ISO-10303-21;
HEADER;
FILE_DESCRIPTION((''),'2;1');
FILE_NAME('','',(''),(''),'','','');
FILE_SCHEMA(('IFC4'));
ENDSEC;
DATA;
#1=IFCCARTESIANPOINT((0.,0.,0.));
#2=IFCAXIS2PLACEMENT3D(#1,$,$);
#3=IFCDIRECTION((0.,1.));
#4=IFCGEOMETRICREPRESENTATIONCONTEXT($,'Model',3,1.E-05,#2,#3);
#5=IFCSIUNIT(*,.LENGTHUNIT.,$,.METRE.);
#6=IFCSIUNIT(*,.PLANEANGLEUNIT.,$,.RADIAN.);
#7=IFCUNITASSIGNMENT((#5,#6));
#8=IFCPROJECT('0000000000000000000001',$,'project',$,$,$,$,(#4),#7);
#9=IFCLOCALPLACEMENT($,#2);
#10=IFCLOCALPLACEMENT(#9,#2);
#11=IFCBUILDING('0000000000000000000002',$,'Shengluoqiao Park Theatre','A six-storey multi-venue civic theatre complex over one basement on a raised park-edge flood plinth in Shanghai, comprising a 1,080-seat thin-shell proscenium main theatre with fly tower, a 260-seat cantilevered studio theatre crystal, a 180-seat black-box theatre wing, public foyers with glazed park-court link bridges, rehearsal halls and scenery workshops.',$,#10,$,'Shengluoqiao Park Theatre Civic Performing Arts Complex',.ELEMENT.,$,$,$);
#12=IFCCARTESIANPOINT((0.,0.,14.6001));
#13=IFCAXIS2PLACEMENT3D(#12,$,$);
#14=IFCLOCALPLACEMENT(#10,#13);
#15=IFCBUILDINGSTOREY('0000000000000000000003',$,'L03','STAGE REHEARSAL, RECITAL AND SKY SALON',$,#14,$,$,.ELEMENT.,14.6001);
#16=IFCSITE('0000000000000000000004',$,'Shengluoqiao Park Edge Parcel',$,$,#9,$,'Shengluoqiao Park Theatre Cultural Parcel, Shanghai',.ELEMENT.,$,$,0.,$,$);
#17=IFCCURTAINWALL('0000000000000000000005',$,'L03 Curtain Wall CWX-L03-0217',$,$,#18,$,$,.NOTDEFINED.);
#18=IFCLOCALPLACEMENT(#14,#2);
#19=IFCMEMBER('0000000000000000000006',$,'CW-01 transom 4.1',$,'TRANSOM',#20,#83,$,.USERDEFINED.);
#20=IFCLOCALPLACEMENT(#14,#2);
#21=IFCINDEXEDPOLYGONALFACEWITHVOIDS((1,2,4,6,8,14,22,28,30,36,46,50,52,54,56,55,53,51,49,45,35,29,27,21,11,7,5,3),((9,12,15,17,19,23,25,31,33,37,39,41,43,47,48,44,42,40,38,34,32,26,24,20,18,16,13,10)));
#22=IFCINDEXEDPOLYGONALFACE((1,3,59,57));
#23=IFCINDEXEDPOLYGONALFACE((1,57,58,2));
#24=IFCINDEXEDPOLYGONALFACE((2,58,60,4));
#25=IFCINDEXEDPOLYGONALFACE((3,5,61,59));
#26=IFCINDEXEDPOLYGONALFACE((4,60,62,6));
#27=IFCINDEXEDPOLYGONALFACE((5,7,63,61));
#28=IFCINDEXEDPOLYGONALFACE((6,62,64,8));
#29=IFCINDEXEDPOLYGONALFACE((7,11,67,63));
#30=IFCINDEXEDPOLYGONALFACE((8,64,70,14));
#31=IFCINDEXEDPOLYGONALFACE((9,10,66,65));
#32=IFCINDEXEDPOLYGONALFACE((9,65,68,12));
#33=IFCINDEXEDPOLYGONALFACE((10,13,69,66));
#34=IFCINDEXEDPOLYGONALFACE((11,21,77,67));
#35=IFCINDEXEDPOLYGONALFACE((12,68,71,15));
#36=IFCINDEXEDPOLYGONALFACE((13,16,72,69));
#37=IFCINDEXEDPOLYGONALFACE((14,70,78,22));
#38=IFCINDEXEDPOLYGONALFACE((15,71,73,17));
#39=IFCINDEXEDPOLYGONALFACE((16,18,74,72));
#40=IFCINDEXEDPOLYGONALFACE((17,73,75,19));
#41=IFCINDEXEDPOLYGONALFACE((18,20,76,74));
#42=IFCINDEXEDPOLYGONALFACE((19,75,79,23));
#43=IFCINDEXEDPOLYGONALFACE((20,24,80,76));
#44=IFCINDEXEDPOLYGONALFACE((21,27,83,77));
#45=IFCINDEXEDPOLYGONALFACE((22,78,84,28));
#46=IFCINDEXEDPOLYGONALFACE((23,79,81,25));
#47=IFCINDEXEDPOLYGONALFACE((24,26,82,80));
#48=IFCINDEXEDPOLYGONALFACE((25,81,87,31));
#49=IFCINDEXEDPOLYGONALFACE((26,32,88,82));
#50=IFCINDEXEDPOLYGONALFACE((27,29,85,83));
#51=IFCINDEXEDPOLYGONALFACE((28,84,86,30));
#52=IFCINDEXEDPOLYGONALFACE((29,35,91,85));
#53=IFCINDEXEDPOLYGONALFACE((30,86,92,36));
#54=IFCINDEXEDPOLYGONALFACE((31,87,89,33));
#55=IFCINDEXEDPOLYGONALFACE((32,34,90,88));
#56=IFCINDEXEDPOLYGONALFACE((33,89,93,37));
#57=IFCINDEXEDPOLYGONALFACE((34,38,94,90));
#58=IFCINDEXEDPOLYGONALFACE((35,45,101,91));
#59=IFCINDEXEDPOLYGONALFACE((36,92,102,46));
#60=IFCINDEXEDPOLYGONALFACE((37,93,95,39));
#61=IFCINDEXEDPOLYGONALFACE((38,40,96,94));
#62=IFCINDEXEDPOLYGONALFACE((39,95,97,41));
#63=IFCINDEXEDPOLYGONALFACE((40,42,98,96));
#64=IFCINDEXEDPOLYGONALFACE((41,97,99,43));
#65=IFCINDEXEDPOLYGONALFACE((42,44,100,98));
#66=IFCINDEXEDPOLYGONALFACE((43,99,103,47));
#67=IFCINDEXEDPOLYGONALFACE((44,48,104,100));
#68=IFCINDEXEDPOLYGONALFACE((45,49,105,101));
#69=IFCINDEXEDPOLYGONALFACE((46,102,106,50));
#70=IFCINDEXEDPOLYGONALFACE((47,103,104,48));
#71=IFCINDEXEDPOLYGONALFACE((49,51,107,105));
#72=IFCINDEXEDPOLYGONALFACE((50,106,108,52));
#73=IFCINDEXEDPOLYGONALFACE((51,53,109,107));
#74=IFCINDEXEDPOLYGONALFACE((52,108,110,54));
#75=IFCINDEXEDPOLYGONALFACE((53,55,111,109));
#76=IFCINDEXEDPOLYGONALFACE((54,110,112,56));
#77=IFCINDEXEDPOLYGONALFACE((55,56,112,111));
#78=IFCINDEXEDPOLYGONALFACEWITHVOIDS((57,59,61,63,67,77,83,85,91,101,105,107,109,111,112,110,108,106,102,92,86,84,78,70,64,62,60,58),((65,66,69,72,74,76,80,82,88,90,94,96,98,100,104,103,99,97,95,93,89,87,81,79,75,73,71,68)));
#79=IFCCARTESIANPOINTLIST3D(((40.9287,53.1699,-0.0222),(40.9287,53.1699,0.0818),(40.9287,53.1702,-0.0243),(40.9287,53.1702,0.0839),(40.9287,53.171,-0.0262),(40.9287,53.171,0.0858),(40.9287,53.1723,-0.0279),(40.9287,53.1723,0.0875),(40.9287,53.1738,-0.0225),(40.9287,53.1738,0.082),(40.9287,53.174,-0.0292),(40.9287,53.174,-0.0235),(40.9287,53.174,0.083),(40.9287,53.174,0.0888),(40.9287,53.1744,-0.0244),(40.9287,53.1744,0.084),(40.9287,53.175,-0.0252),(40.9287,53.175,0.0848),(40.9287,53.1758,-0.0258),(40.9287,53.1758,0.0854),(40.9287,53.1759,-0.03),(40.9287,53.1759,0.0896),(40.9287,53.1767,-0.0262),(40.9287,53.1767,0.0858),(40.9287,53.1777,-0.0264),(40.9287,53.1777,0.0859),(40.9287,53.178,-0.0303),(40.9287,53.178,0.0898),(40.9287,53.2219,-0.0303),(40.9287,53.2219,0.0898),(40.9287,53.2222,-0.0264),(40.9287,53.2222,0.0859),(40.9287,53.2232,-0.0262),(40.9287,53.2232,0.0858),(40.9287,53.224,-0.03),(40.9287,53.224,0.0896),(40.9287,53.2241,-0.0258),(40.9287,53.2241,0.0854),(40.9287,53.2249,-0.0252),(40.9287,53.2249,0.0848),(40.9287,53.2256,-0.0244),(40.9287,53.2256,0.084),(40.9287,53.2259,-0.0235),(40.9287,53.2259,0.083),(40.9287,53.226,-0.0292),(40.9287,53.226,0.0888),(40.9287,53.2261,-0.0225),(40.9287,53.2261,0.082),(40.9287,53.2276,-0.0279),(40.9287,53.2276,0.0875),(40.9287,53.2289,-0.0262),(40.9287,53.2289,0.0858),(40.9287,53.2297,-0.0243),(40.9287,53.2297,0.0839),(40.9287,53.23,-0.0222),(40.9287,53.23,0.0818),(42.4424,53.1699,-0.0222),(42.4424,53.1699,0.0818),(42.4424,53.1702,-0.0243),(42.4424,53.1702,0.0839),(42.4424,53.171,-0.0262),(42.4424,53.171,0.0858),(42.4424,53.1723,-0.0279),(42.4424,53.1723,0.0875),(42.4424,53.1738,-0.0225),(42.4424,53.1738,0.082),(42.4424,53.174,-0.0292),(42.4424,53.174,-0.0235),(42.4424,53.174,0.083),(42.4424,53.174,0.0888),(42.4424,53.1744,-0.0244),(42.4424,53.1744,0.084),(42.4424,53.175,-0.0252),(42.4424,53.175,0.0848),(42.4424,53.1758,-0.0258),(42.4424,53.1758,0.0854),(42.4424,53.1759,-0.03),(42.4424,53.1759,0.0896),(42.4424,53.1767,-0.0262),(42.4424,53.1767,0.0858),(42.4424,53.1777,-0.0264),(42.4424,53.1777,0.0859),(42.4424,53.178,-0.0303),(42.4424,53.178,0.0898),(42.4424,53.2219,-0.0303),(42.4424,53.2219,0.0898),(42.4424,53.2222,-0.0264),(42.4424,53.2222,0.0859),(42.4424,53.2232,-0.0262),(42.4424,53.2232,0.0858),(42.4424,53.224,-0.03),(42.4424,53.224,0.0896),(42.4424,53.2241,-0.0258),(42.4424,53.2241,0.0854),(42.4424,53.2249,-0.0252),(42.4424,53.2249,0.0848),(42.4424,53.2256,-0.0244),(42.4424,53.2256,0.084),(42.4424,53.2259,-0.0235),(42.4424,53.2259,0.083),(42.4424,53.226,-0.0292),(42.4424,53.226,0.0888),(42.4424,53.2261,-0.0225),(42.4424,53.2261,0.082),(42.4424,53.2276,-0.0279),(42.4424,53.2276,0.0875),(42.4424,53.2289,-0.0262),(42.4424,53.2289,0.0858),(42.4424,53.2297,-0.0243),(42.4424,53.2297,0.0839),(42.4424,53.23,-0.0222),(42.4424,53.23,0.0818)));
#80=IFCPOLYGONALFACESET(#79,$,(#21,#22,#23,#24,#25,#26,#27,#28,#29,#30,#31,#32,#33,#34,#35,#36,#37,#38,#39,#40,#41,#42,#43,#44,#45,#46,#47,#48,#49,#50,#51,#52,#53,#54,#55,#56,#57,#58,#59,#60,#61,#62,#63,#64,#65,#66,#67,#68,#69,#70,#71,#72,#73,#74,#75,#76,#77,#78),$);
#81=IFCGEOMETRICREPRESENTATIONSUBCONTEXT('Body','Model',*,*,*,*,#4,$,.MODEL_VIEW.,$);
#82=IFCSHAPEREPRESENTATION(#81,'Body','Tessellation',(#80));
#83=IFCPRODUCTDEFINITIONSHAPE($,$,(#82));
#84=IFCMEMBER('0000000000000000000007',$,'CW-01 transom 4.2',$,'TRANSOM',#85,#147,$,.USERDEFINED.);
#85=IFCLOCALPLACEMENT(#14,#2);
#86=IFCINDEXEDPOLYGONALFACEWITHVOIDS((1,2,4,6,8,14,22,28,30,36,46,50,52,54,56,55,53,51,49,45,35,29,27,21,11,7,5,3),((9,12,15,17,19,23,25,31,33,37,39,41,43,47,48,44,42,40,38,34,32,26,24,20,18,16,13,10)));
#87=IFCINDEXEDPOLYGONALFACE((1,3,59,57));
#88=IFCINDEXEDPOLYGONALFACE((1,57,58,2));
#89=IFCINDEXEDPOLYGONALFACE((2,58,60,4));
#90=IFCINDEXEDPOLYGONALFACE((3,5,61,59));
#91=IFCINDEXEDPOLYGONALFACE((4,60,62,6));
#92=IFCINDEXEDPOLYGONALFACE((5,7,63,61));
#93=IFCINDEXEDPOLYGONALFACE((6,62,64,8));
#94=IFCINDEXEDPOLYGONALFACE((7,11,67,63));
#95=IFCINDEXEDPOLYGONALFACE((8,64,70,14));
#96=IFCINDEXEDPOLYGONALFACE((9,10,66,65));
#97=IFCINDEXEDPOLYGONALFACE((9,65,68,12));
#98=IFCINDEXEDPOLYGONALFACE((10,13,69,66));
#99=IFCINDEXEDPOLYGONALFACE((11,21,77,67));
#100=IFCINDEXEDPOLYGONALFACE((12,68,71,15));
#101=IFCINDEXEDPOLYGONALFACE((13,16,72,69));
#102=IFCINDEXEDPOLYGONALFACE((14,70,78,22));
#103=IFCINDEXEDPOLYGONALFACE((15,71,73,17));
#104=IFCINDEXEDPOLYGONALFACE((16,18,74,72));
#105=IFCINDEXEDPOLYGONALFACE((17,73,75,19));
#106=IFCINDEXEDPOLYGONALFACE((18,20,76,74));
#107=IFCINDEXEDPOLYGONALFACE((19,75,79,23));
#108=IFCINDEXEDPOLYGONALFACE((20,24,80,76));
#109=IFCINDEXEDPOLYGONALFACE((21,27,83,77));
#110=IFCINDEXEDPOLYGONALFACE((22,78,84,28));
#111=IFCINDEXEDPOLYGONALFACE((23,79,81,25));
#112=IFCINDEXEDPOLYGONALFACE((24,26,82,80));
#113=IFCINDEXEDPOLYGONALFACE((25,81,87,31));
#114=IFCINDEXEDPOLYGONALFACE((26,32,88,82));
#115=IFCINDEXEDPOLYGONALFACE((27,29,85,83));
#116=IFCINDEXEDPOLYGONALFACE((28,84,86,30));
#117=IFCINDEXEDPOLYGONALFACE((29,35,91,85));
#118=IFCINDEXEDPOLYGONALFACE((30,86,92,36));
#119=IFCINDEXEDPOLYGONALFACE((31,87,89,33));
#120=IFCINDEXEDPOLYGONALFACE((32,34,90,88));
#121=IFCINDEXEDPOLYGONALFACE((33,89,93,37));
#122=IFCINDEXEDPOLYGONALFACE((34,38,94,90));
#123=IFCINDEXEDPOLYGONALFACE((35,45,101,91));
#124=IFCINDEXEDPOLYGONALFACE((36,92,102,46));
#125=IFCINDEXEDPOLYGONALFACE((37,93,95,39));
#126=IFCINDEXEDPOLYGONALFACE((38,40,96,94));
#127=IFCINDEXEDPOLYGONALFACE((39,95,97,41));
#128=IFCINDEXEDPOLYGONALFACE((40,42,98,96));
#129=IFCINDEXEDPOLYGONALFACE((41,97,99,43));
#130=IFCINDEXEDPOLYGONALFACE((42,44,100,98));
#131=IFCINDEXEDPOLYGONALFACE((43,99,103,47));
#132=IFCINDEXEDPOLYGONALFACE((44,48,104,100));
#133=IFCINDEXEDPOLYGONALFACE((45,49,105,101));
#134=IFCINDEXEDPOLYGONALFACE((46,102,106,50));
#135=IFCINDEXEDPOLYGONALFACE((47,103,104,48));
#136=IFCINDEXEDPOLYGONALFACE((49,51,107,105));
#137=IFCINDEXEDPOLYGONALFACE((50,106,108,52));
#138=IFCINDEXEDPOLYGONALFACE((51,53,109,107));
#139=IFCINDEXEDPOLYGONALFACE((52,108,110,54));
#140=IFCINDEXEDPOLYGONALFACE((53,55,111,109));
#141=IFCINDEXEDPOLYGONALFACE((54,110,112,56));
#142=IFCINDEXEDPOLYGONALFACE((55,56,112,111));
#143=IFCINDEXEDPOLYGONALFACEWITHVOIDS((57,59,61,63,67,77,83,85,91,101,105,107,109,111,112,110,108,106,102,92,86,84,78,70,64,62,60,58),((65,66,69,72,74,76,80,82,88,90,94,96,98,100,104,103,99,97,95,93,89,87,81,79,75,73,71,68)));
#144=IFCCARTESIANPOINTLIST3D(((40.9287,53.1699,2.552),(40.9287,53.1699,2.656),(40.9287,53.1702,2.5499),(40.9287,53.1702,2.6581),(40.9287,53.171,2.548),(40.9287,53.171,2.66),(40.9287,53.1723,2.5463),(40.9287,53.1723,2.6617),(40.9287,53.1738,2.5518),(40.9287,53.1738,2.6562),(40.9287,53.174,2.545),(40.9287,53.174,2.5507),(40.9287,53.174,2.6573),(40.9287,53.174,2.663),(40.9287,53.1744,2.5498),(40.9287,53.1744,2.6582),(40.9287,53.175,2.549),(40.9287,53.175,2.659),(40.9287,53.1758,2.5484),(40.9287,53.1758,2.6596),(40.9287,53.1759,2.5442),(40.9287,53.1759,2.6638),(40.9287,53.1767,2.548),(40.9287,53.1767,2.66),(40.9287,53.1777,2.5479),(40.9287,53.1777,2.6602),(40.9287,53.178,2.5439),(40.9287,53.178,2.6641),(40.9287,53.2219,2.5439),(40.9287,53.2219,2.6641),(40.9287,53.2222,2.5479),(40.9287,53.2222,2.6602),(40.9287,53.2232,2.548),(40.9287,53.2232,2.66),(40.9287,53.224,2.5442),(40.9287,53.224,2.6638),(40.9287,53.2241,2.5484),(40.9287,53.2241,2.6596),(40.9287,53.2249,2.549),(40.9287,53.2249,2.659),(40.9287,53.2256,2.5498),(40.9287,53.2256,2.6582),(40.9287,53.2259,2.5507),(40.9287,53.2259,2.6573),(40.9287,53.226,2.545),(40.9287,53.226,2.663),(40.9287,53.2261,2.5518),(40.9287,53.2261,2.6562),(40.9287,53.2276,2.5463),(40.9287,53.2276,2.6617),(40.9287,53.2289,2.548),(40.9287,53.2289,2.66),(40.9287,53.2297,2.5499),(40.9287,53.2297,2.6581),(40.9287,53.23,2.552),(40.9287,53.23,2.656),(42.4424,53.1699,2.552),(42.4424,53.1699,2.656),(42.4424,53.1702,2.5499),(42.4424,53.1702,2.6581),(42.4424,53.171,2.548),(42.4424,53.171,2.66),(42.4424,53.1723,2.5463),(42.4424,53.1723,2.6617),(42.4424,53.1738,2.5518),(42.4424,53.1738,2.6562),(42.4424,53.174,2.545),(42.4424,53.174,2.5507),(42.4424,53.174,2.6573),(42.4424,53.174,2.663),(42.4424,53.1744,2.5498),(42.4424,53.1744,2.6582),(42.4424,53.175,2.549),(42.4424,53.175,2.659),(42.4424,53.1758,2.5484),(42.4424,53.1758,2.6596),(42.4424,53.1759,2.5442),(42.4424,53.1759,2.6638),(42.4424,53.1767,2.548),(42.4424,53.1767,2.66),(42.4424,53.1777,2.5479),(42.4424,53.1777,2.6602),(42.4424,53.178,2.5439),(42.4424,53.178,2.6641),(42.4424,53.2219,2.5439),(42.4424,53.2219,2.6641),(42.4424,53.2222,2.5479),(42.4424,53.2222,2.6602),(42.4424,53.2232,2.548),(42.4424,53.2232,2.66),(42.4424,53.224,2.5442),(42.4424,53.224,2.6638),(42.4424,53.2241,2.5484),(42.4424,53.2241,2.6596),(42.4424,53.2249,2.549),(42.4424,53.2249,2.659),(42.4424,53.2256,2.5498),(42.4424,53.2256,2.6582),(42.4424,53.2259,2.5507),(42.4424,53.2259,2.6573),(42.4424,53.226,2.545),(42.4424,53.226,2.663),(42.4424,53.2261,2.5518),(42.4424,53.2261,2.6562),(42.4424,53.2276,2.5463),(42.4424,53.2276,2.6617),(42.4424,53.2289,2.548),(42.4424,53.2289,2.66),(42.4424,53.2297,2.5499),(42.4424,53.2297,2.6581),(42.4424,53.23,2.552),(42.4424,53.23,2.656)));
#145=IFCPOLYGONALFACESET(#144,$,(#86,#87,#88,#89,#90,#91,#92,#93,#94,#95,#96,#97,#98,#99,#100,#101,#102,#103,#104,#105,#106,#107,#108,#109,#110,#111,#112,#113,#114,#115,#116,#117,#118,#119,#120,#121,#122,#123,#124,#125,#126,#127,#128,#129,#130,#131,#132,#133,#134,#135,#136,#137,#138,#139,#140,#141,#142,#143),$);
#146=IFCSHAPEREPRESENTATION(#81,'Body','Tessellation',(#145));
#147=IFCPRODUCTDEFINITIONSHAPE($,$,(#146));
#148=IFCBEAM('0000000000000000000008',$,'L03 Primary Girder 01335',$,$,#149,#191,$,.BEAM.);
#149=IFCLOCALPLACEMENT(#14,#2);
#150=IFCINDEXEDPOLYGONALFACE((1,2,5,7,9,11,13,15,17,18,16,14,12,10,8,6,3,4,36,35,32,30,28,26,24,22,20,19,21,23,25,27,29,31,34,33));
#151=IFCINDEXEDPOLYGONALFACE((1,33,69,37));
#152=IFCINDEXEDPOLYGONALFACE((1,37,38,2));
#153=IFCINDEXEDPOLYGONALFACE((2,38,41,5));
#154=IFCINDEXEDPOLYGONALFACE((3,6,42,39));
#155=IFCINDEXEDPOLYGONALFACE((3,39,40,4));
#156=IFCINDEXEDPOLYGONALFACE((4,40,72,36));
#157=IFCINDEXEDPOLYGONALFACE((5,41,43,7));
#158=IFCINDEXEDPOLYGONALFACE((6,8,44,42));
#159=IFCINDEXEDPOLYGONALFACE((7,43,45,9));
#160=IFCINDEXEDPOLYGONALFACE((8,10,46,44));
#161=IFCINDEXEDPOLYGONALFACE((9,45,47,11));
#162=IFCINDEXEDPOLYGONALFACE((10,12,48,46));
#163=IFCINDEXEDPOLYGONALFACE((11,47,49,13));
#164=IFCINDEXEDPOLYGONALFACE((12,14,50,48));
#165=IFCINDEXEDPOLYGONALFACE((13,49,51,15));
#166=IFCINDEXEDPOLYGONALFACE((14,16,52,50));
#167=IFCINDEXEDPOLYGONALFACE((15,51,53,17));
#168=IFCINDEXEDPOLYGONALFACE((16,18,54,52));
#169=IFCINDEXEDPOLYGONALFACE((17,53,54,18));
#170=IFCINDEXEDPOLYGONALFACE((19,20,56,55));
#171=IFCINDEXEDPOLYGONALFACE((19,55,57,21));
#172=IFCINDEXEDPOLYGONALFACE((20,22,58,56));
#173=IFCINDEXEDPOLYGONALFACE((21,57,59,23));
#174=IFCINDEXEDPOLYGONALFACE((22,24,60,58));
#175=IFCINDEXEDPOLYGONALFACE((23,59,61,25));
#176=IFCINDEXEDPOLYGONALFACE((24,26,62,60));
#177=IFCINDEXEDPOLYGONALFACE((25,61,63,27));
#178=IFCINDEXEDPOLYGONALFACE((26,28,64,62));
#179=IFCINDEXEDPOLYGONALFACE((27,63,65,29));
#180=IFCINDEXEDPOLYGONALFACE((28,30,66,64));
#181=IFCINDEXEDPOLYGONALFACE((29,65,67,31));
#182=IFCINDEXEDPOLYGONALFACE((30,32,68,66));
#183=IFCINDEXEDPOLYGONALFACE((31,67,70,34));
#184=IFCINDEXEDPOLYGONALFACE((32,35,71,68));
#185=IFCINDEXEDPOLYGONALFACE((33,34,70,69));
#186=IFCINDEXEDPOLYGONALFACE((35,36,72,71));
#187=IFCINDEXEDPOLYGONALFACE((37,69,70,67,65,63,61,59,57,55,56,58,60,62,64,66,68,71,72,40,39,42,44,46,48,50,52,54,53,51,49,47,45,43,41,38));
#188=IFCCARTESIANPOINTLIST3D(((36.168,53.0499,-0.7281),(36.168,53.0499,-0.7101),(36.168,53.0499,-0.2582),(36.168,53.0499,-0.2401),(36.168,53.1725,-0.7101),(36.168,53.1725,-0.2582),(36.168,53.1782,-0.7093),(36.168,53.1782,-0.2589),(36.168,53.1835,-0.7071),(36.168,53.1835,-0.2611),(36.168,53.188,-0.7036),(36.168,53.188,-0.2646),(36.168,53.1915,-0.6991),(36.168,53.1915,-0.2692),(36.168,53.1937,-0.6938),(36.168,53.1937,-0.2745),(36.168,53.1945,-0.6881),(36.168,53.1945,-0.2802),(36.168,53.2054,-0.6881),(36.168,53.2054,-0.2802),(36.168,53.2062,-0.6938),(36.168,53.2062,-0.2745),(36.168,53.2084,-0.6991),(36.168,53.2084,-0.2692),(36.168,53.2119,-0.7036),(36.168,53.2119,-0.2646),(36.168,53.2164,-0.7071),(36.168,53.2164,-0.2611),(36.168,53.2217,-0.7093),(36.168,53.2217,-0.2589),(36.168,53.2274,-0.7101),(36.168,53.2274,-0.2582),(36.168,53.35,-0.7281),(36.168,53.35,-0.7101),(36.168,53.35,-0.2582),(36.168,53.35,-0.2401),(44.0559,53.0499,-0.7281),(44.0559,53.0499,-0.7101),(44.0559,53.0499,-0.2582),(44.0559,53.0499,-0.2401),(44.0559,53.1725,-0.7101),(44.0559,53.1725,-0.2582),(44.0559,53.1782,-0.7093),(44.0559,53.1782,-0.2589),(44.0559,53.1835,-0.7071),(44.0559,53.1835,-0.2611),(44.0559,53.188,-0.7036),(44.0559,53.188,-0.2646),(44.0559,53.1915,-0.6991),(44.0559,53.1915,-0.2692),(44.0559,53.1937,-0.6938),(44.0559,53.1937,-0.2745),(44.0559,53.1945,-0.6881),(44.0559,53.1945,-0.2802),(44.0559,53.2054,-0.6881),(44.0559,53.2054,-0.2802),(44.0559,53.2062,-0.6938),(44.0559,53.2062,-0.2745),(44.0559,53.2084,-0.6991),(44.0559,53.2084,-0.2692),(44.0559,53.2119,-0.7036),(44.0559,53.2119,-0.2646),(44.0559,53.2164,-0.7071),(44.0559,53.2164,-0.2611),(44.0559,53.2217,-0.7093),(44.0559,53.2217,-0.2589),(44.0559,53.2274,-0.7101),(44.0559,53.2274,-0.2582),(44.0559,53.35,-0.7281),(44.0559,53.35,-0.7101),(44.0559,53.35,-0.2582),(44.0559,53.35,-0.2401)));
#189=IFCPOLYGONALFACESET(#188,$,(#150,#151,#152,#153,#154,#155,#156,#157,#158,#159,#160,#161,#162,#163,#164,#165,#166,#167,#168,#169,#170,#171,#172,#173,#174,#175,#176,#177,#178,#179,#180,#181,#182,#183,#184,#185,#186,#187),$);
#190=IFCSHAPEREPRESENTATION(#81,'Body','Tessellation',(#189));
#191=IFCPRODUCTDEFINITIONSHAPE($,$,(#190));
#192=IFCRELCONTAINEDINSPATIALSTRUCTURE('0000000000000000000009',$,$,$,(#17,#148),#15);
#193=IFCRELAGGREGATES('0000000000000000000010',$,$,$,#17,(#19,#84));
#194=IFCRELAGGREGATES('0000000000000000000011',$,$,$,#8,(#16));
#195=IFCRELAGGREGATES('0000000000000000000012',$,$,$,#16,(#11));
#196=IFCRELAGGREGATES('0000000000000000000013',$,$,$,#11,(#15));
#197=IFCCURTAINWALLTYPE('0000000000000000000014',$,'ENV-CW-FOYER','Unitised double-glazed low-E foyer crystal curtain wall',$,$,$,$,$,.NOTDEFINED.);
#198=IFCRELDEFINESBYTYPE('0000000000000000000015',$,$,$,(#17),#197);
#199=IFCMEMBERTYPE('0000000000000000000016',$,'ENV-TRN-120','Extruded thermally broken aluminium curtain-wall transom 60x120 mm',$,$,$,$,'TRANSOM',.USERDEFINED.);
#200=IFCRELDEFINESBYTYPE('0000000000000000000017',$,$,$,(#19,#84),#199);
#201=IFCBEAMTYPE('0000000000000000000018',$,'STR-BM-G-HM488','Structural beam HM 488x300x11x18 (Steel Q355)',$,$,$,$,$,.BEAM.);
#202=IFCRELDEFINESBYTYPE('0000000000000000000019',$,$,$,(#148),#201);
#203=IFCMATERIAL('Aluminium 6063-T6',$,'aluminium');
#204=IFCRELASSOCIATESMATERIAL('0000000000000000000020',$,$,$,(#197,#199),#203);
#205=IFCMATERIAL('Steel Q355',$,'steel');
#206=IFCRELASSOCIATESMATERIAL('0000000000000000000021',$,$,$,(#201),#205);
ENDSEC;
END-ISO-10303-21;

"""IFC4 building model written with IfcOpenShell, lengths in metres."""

from ifc_helpers import new_model, si_unit, direction, frame, origin, origin_2d, place, context, subcontext, project, spatial, hollow_rectangle, i_section, extrude, material, material_profile, profile_set, type_object, element, aggregate, save


model = new_model("IFC4")

# Units and contexts
model_context = context("Model", 3, precision=1e-05, world=origin(), true_north=direction((0.0, 1.0)))
body_context = subcontext(model_context, "Body", "Model", "MODEL_VIEW")
ifc_project = project(units=[si_unit("LENGTHUNIT", "METRE"), si_unit("PLANEANGLEUNIT", "RADIAN")], contexts=[model_context])

# Site, building, storey
site_placement = place(None, origin())
site = spatial("IfcSite", under=ifc_project, at=site_placement, Name="Shengluoqiao Park Edge Parcel", LongName="Shengluoqiao Park Theatre Cultural Parcel, Shanghai", CompositionType="ELEMENT", RefElevation=0.0)
building_placement = place(site_placement, origin())
building = spatial("IfcBuilding", under=site, at=building_placement, Name="Shengluoqiao Park Theatre", Description="A six-storey multi-venue civic theatre complex over one basement on a raised park-edge flood plinth in Shanghai, comprising a 1,080-seat thin-shell proscenium main theatre with fly tower, a 260-seat cantilevered studio theatre crystal, a 180-seat black-box theatre wing, public foyers with glazed park-court link bridges, rehearsal halls and scenery workshops.", LongName="Shengluoqiao Park Theatre Civic Performing Arts Complex", CompositionType="ELEMENT")
storey_placement = place(building_placement, frame((0.0, 0.0, 14.6001)))
storey = spatial("IfcBuildingStorey", under=building, at=storey_placement, Name="L03", Description="STAGE REHEARSAL, RECITAL AND SKY SALON", CompositionType="ELEMENT", Elevation=14.6001)

# Shared definitions
ifc_material_1 = material(Name="Steel Q355", Category="steel")

# Shared definitions
ifc_material_2 = material(Name="Aluminium 6063-T6", Category="aluminium")

# Curtain wall
curtain_wall_type_1 = type_object("IfcCurtainWallType", Name="ENV-CW-FOYER", Description="Unitised double-glazed low-E foyer crystal curtain wall", PredefinedType="NOTDEFINED", material=ifc_material_2)
curtain_wall_1_placement = place(storey_placement, origin())
curtain_wall_1 = element("IfcCurtainWall", 1, at=curtain_wall_1_placement, inside=storey, type_object=curtain_wall_type_1, Name="L03 Curtain Wall CWX-L03-0217", PredefinedType="NOTDEFINED")

# Members
ifc_material_profile_1 = material_profile(ifc_material_2, hollow_rectangle(XDim=0.0601, YDim=0.1201, WallThickness=0.0039, InnerFilletRadius=0.0039, OuterFilletRadius=0.0081, at=origin_2d()), Name="ALU TRANSOM 120x60x4")
ifc_profile_set_1 = profile_set([ifc_material_profile_1], Name="Aluminium 6063-T6")
member_type_1 = type_object("IfcMemberType", Name="ENV-TRN-120", Description="Extruded thermally broken aluminium curtain-wall transom 60x120 mm", ElementType="TRANSOM", PredefinedType="USERDEFINED", material=ifc_profile_set_1)
member_1_placement = place(storey_placement, frame((40.9287, 53.2, 0.0298), z_axis=(1.0, 0.0, 0.0), x_axis=(0.0, 1.0, 0.0)))
member_1 = element("IfcMember", 2, at=member_1_placement, type_object=member_type_1, Name="CW-01 transom 4.1", ObjectType="TRANSOM", PredefinedType="USERDEFINED", context=body_context, shape_type="SweptSolid", body=[
    extrude(hollow_rectangle(XDim=0.0601, YDim=0.1201, WallThickness=0.0039, InnerFilletRadius=0.0039, OuterFilletRadius=0.0081, at=origin_2d()), origin(), (0.0, 0.0, 1.0), 1.5137),
])
member_2_placement = place(storey_placement, frame((40.9287, 53.2, 2.604), z_axis=(1.0, 0.0, 0.0), x_axis=(0.0, 1.0, 0.0)))
member_2 = element("IfcMember", 3, at=member_2_placement, type_object=member_type_1, Name="CW-01 transom 4.2", ObjectType="TRANSOM", PredefinedType="USERDEFINED", context=body_context, shape_type="SweptSolid", body=[
    extrude(hollow_rectangle(XDim=0.0601, YDim=0.1201, WallThickness=0.0039, InnerFilletRadius=0.0039, OuterFilletRadius=0.0081, at=origin_2d()), origin(), (0.0, 0.0, 1.0), 1.5137),
])

# Beam
ifc_material_profile_2 = material_profile(ifc_material_1, i_section(OverallWidth=0.3, OverallDepth=0.488, WebThickness=0.011, FlangeThickness=0.0181, FilletRadius=0.022, at=origin_2d()), Name="HM 488x300x11x18")
ifc_profile_set_2 = profile_set([ifc_material_profile_2], Name="Steel Q355")
beam_type = type_object("IfcBeamType", Name="STR-BM-G-HM488", Description="Structural beam HM 488x300x11x18 (Steel Q355)", PredefinedType="BEAM", material=ifc_profile_set_2)
beam_placement = place(storey_placement, frame((36.168, 53.2, -0.4841), z_axis=(1.0, 0.0, 0.0), x_axis=(0.0, 1.0, 0.0)))
element("IfcBeam", 4, at=beam_placement, inside=storey, type_object=beam_type, Name="L03 Primary Girder 01335", PredefinedType="BEAM", context=body_context, shape_type="SweptSolid", body=[
    extrude(i_section(OverallWidth=0.3, OverallDepth=0.488, WebThickness=0.011, FlangeThickness=0.0181, FilletRadius=0.022, at=origin_2d()), origin(), (0.0, 0.0, 1.0), 7.8879),
])

aggregate(curtain_wall_1, [member_1, member_2])

save(model, "model.ifc")
